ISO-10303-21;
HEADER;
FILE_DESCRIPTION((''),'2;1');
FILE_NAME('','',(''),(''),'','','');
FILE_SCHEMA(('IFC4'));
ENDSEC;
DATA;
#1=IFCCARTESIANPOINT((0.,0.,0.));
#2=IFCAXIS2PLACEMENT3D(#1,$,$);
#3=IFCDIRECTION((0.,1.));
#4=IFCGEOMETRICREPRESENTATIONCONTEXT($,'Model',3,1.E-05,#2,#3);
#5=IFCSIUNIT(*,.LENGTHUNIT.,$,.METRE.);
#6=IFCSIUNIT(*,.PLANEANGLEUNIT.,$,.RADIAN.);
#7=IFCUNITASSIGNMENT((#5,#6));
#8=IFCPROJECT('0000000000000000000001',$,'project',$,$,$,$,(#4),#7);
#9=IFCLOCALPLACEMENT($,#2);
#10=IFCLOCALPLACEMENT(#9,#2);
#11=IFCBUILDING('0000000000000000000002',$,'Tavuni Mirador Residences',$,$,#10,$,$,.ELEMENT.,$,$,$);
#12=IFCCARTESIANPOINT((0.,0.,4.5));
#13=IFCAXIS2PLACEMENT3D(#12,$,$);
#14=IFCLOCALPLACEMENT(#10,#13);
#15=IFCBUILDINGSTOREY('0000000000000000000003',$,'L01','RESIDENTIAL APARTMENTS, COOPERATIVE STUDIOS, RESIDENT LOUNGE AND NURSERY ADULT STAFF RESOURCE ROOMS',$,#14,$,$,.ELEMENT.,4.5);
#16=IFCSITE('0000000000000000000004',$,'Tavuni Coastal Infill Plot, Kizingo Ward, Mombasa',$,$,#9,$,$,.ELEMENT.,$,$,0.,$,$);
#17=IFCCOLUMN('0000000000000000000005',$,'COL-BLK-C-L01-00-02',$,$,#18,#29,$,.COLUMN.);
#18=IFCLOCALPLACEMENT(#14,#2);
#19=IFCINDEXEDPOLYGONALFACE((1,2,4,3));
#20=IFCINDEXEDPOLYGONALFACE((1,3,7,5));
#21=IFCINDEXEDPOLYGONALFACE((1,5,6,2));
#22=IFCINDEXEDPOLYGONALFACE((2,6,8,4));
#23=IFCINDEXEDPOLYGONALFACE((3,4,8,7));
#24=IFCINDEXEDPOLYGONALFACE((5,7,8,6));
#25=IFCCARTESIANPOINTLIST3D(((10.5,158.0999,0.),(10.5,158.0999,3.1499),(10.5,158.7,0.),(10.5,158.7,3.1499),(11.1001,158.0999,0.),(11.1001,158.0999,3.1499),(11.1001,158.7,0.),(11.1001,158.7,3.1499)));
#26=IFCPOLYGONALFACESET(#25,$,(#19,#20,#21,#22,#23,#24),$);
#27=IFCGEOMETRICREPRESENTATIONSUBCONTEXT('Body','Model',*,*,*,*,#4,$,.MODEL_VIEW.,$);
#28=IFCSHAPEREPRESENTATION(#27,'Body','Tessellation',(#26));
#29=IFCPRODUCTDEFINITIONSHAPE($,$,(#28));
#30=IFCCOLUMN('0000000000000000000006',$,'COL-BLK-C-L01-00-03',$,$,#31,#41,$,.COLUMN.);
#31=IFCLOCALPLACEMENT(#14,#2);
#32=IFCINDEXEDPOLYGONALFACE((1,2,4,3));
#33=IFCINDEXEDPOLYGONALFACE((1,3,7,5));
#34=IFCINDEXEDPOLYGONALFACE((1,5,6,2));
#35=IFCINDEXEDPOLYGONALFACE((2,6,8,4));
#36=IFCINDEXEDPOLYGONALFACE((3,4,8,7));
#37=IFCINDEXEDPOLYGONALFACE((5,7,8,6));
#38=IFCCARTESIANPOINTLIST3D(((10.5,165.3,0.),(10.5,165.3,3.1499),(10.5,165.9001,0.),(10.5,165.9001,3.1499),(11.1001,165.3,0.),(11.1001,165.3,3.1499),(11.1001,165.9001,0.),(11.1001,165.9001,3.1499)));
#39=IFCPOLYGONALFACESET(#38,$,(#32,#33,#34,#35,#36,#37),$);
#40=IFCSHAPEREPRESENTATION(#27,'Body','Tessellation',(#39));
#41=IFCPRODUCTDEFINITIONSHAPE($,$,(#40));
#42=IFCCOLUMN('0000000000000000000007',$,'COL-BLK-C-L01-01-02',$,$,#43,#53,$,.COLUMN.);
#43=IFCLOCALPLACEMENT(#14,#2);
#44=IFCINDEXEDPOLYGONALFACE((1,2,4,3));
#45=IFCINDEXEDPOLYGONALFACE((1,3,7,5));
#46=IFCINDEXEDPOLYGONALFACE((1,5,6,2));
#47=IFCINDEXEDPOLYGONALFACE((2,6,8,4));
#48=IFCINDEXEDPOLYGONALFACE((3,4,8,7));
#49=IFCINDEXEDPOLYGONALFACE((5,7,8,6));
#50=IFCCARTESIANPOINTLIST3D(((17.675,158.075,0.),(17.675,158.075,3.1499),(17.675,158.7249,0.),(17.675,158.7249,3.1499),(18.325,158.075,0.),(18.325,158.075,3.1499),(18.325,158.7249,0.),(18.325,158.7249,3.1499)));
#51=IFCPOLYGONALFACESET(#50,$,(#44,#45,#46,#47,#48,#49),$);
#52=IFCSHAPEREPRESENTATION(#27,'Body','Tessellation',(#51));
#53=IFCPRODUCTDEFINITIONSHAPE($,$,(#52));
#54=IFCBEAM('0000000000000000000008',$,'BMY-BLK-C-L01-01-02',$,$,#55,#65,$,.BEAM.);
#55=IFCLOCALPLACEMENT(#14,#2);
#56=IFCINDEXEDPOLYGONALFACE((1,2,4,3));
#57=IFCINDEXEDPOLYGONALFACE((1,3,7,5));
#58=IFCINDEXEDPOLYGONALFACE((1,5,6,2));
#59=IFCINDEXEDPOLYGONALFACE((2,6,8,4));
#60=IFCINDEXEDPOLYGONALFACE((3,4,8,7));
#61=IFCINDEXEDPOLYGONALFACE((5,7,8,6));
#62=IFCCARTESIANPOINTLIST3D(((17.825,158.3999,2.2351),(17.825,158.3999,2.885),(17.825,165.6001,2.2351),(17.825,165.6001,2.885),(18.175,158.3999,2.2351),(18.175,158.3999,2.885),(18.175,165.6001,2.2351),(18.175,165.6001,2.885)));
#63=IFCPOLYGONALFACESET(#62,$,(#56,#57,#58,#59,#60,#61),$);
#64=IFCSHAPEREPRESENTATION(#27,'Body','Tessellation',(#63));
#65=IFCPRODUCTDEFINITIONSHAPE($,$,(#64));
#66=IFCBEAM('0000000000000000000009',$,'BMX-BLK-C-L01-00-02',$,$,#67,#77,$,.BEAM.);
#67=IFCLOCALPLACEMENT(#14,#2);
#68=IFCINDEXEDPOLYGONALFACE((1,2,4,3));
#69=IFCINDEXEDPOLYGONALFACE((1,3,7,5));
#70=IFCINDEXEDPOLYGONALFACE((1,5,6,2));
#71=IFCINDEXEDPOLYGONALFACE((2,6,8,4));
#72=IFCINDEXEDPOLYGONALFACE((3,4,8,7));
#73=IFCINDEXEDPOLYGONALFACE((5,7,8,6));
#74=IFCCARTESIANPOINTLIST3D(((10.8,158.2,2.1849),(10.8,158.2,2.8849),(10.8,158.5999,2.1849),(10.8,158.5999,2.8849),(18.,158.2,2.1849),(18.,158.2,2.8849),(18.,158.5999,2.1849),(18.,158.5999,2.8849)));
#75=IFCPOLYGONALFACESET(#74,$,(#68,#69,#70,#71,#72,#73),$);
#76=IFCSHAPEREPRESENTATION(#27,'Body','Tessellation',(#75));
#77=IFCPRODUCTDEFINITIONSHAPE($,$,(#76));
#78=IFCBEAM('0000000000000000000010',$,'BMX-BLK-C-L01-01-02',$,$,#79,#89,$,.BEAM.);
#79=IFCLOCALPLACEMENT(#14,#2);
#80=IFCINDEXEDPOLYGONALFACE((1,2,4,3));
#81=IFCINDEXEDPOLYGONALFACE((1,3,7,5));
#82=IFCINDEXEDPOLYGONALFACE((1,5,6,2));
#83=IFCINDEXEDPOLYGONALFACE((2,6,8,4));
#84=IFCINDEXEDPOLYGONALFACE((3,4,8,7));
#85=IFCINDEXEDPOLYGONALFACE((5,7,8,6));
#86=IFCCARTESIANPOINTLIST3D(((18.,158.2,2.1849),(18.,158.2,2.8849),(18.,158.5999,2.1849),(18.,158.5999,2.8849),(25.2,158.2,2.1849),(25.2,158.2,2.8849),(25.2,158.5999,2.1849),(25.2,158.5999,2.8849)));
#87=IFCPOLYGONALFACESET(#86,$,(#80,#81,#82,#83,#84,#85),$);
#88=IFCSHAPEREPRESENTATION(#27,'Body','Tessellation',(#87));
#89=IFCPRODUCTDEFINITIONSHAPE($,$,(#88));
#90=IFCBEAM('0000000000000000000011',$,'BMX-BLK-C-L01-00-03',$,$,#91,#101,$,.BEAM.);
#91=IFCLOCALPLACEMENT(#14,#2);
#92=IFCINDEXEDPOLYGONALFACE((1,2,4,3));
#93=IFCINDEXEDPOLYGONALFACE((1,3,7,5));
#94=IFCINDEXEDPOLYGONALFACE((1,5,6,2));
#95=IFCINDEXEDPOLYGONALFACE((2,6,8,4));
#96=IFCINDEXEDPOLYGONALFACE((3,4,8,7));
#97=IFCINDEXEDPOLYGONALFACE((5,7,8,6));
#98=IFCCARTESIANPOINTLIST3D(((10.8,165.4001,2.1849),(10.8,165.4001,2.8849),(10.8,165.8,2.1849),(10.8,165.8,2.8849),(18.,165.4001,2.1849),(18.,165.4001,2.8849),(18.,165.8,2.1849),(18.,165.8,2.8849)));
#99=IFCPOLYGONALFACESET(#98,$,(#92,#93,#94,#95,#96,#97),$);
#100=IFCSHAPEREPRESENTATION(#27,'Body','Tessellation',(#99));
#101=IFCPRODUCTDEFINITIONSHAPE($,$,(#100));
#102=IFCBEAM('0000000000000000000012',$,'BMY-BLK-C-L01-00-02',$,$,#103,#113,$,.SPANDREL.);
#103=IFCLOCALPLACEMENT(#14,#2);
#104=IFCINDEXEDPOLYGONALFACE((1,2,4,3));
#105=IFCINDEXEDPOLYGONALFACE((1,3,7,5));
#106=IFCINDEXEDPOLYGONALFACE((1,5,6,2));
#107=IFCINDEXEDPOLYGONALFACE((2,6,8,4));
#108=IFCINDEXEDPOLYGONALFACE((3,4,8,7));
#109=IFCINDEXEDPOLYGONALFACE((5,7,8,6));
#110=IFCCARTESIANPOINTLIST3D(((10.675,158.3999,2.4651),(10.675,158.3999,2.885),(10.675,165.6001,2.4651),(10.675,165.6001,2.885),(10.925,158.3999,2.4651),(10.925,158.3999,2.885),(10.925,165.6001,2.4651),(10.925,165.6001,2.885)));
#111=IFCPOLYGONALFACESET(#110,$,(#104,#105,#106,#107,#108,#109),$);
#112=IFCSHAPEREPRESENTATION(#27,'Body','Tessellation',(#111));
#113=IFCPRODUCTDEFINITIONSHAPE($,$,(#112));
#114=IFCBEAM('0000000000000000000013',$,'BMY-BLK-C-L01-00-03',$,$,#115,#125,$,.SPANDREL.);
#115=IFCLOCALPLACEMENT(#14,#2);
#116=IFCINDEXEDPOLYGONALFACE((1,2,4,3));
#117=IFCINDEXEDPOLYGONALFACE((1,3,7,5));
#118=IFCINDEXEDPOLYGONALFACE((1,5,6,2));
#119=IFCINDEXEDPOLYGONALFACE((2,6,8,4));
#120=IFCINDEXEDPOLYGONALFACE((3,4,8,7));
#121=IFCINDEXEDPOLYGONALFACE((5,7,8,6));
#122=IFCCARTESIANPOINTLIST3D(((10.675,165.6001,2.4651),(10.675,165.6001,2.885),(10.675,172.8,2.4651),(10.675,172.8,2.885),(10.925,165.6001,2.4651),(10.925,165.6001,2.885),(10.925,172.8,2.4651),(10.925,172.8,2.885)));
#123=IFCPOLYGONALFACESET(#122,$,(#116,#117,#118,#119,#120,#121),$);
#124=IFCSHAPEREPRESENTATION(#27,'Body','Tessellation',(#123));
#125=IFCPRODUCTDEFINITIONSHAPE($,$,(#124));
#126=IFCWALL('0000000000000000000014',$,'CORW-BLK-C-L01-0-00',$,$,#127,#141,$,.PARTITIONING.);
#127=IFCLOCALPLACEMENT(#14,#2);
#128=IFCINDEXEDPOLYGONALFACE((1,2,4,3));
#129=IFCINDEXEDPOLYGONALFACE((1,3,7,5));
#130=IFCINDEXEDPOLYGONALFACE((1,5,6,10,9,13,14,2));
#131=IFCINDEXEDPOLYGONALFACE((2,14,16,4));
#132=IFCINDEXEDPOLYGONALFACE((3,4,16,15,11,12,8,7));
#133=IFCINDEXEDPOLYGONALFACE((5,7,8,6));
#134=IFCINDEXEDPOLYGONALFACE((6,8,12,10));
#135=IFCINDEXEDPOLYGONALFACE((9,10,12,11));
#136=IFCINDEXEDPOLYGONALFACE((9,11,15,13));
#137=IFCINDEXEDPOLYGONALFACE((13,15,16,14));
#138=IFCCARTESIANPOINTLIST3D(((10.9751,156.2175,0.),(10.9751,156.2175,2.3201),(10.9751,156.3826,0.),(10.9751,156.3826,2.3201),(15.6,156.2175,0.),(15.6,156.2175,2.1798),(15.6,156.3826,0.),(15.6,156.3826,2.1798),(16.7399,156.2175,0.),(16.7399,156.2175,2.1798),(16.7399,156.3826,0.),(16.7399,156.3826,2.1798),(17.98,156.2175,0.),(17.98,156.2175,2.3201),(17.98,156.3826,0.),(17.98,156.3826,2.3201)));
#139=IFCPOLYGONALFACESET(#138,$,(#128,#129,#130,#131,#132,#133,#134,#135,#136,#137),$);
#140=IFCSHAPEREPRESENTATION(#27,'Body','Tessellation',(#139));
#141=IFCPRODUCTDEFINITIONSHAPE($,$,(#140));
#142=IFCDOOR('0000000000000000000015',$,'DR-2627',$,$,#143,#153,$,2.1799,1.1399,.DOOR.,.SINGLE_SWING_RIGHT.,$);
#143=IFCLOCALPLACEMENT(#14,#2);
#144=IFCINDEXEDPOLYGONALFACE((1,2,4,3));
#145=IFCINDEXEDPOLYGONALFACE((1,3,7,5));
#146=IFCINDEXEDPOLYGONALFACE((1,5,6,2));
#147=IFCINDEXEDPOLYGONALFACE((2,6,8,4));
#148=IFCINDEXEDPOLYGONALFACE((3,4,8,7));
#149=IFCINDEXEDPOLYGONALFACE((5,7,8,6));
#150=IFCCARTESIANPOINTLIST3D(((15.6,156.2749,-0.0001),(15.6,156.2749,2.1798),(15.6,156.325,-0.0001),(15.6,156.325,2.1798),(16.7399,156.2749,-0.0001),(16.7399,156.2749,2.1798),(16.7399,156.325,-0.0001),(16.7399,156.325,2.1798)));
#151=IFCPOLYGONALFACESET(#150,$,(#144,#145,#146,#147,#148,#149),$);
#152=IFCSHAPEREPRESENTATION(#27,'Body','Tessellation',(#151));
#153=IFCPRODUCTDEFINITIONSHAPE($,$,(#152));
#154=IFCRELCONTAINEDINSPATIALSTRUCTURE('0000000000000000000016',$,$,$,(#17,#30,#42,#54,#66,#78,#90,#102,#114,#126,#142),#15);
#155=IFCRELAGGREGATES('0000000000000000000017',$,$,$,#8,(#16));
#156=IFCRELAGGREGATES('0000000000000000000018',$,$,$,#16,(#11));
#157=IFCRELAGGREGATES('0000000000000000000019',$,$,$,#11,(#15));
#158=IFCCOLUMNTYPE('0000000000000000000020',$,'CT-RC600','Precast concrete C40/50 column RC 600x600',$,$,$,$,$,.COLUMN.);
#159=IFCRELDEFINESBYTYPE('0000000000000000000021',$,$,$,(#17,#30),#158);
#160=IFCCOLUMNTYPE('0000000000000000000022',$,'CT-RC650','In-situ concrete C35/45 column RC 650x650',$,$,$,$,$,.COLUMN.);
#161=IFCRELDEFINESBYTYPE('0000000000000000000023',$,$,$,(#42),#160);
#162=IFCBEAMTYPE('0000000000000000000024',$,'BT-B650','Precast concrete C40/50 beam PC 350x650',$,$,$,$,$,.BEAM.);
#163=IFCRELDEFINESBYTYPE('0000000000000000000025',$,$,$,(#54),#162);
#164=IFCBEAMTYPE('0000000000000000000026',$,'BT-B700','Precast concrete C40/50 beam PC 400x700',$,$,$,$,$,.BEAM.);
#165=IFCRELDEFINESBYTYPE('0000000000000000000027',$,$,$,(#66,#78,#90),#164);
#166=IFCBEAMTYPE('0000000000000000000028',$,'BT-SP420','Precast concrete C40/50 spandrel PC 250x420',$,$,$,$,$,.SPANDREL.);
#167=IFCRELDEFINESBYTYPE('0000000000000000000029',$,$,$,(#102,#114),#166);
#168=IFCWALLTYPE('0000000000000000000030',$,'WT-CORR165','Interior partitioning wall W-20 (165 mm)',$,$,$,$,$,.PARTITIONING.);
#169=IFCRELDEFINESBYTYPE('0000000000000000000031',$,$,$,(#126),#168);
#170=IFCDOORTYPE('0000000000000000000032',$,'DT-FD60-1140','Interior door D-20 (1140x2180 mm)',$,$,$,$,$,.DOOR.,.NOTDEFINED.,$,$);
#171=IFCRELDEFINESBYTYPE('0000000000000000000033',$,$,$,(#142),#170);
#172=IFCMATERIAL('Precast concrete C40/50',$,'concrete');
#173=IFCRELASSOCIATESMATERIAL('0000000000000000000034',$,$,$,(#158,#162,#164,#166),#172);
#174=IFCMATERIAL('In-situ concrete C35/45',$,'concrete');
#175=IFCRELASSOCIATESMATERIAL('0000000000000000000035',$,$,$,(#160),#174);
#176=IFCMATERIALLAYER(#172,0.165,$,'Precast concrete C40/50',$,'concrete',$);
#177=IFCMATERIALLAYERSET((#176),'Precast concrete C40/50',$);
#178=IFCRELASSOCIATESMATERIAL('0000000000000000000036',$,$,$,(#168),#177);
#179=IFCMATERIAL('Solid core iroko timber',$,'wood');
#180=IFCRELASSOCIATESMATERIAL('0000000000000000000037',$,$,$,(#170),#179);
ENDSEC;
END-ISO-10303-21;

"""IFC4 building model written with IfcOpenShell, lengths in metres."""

from ifc_helpers import new_model, si_unit, direction, frame, frame_2d, origin, origin_2d, place, context, subcontext, project, spatial, rectangle, extrude, material, layer, layer_set, material_profile, profile_set, type_object, element, fill, save


model = new_model("IFC4")

# Units and contexts
model_context = context("Model", 3, precision=1e-05, world=origin(), true_north=direction((0.0, 1.0)))
body_context = subcontext(model_context, "Body", "Model", "MODEL_VIEW")
ifc_project = project(units=[si_unit("LENGTHUNIT", "METRE"), si_unit("PLANEANGLEUNIT", "RADIAN")], contexts=[model_context])

# Site, building, storey
site_placement = place(None, origin())
site = spatial("IfcSite", under=ifc_project, at=site_placement, Name="Tavuni Coastal Infill Plot, Kizingo Ward, Mombasa", CompositionType="ELEMENT", RefElevation=0.0)
building_placement = place(site_placement, origin())
building = spatial("IfcBuilding", under=site, at=building_placement, Name="Tavuni Mirador Residences", CompositionType="ELEMENT")
storey_placement = place(building_placement, frame((0.0, 0.0, 4.5)))
storey = spatial("IfcBuildingStorey", under=building, at=storey_placement, Name="L01", Description="RESIDENTIAL APARTMENTS, COOPERATIVE STUDIOS, RESIDENT LOUNGE AND NURSERY ADULT STAFF RESOURCE ROOMS", CompositionType="ELEMENT", Elevation=4.5)

# Columns
ifc_material_1 = material(Name="Precast concrete C40/50", Category="concrete")
ifc_material_profile_1 = material_profile(ifc_material_1, rectangle(XDim=0.6001, YDim=0.6001, at=origin_2d()), Name="RC 600x600", Category="concrete")
ifc_profile_set_1 = profile_set([ifc_material_profile_1], Name="Precast concrete C40/50")
column_type_1 = type_object("IfcColumnType", Name="CT-RC600", Description="Precast concrete C40/50 column RC 600x600", PredefinedType="COLUMN", material=ifc_profile_set_1)
for number, where, z_axis, x_axis, name in (
    (1, (10.8, 158.3999, 0.0), (0.0, 0.0, 1.0), (1.0, 0.0, 0.0), "COL-BLK-C-L01-00-02"),
    (2, (10.8, 165.6001, 0.0), (0.0, 0.0, 1.0), (1.0, 0.0, 0.0), "COL-BLK-C-L01-00-03"),
):
    element("IfcColumn", number, at=place(storey_placement, frame(where, z_axis=z_axis, x_axis=x_axis)), inside=storey, type_object=column_type_1, Name=name, PredefinedType="COLUMN", context=body_context, shape_type="SweptSolid", body=[
        extrude(rectangle(XDim=0.6001, YDim=0.6001, at=origin_2d()), origin(), (0.0, 0.0, 1.0), 3.1499),
    ])
ifc_material_2 = material(Name="In-situ concrete C35/45", Category="concrete")
ifc_material_profile_2 = material_profile(ifc_material_2, rectangle(XDim=0.6499, YDim=0.6499, at=origin_2d()), Name="RC 650x650", Category="concrete")
ifc_profile_set_2 = profile_set([ifc_material_profile_2], Name="In-situ concrete C35/45")
column_type_2 = type_object("IfcColumnType", Name="CT-RC650", Description="In-situ concrete C35/45 column RC 650x650", PredefinedType="COLUMN", material=ifc_profile_set_2)
column_placement = place(storey_placement, frame((18.0, 158.3999, 0.0), z_axis=(0.0, 0.0, 1.0), x_axis=(1.0, 0.0, 0.0)))
element("IfcColumn", 3, at=column_placement, inside=storey, type_object=column_type_2, Name="COL-BLK-C-L01-01-02", PredefinedType="COLUMN", context=body_context, shape_type="SweptSolid", body=[
    extrude(rectangle(XDim=0.6499, YDim=0.6499, at=origin_2d()), origin(), (0.0, 0.0, 1.0), 3.1499),
])

# Beams
ifc_material_profile_3 = material_profile(ifc_material_1, rectangle(XDim=0.3501, YDim=0.6499, at=origin_2d()), Name="PC 350x650", Category="concrete")
ifc_profile_set_3 = profile_set([ifc_material_profile_3], Name="Precast concrete C40/50")
beam_type_1 = type_object("IfcBeamType", Name="BT-B650", Description="Precast concrete C40/50 beam PC 350x650", PredefinedType="BEAM", material=ifc_profile_set_3)
beam_1_placement = place(storey_placement, frame((18.0, 158.3999, 2.5601), z_axis=(0.0, 1.0, 0.0), x_axis=(-1.0, 0.0, 0.0)))
element("IfcBeam", 4, at=beam_1_placement, inside=storey, type_object=beam_type_1, Name="BMY-BLK-C-L01-01-02", PredefinedType="BEAM", context=body_context, shape_type="SweptSolid", body=[
    extrude(rectangle(XDim=0.3501, YDim=0.6499, at=origin_2d()), origin(), (0.0, 0.0, 1.0), 7.2002),
])
ifc_material_profile_4 = material_profile(ifc_material_1, rectangle(XDim=0.3999, YDim=0.7, at=origin_2d()), Name="PC 400x700", Category="concrete")
ifc_profile_set_4 = profile_set([ifc_material_profile_4], Name="Precast concrete C40/50")
beam_type_2 = type_object("IfcBeamType", Name="BT-B700", Description="Precast concrete C40/50 beam PC 400x700", PredefinedType="BEAM", material=ifc_profile_set_4)
for number, where, z_axis, x_axis, name in (
    (5, (10.8, 158.3999, 2.5349), (1.0, 0.0, 0.0), (0.0, 1.0, 0.0), "BMX-BLK-C-L01-00-02"),
    (6, (18.0, 158.3999, 2.5349), (1.0, 0.0, 0.0), (0.0, 1.0, 0.0), "BMX-BLK-C-L01-01-02"),
    (7, (10.8, 165.6001, 2.5349), (1.0, 0.0, 0.0), (0.0, 1.0, 0.0), "BMX-BLK-C-L01-00-03"),
):
    element("IfcBeam", number, at=place(storey_placement, frame(where, z_axis=z_axis, x_axis=x_axis)), inside=storey, type_object=beam_type_2, Name=name, PredefinedType="BEAM", context=body_context, shape_type="SweptSolid", body=[
        extrude(rectangle(XDim=0.3999, YDim=0.7, at=origin_2d()), origin(), (0.0, 0.0, 1.0), 7.2),
    ])
ifc_material_profile_5 = material_profile(ifc_material_1, rectangle(XDim=0.25, YDim=0.4199, at=origin_2d()), Name="PC 250x420", Category="concrete")
ifc_profile_set_5 = profile_set([ifc_material_profile_5], Name="Precast concrete C40/50")
beam_type_3 = type_object("IfcBeamType", Name="BT-SP420", Description="Precast concrete C40/50 spandrel PC 250x420", PredefinedType="SPANDREL", material=ifc_profile_set_5)
beam_2_placement = place(storey_placement, frame((10.8, 158.3999, 2.675), z_axis=(0.0, 1.0, 0.0), x_axis=(-1.0, 0.0, 0.0)))
element("IfcBeam", 8, at=beam_2_placement, inside=storey, type_object=beam_type_3, Name="BMY-BLK-C-L01-00-02", PredefinedType="SPANDREL", context=body_context, shape_type="SweptSolid", body=[
    extrude(rectangle(XDim=0.25, YDim=0.4199, at=origin_2d()), origin(), (0.0, 0.0, 1.0), 7.2002),
])
beam_3_placement = place(storey_placement, frame((10.8, 165.6001, 2.675), z_axis=(0.0, 1.0, 0.0), x_axis=(-1.0, 0.0, 0.0)))
element("IfcBeam", 9, at=beam_3_placement, inside=storey, type_object=beam_type_3, Name="BMY-BLK-C-L01-00-03", PredefinedType="SPANDREL", context=body_context, shape_type="SweptSolid", body=[
    extrude(rectangle(XDim=0.25, YDim=0.4199, at=origin_2d()), origin(), (0.0, 0.0, 1.0), 7.2),
])

# Wall, opening, door
ifc_layer_1 = layer(ifc_material_1, 0.165, Name="Precast concrete C40/50", Category="concrete")
ifc_layer_set_1 = layer_set([ifc_layer_1], Name="Precast concrete C40/50")
wall_type_1 = type_object("IfcWallType", Name="WT-CORR165", Description="Interior partitioning wall W-20 (165 mm)", PredefinedType="PARTITIONING", material=ifc_layer_set_1)
wall_1_placement = place(storey_placement, frame((10.9751, 156.3, 0.0), z_axis=(0.0, 0.0, 1.0), x_axis=(1.0, 0.0, 0.0)))
wall_1 = element("IfcWall", 10, at=wall_1_placement, inside=storey, type_object=wall_type_1, Name="CORW-BLK-C-L01-0-00", PredefinedType="PARTITIONING", context=body_context, shape_type="SweptSolid", body=[
    extrude(rectangle(XDim=7.0049, YDim=0.165, at=frame_2d((3.5024, 0.0))), origin(), (0.0, 0.0, 1.0), 2.3201),
])
opening_1_placement = place(wall_1_placement, frame((4.625, 0.0, 0.0)))
opening_1 = element("IfcOpeningElement", 11, at=opening_1_placement, cuts=wall_1, PredefinedType="OPENING", context=body_context, shape_type="SweptSolid", body=[
    extrude(rectangle(XDim=1.1399, YDim=2.1799, at=frame_2d((0.5698, 1.0898))), frame((0.0, 0.0925, 0.0), z_axis=(0.0, -1.0, 0.0), x_axis=(1.0, 0.0, 0.0)), (0.0, 0.0, 1.0), 0.1851),
])
ifc_material_3 = material(Name="Solid core iroko timber", Category="wood")
door_type_1 = type_object("IfcDoorType", Name="DT-FD60-1140", Description="Interior door D-20 (1140x2180 mm)", OperationType="NOTDEFINED", PredefinedType="DOOR", material=ifc_material_3)
door_1_placement = place(opening_1_placement, origin())
door_1 = element("IfcDoor", 12, at=door_1_placement, inside=storey, type_object=door_type_1, Name="DR-2627", OperationType="SINGLE_SWING_RIGHT", OverallHeight=2.1799, OverallWidth=1.1399, PredefinedType="DOOR", context=body_context, shape_type="SweptSolid", body=[
    extrude(rectangle(XDim=1.1399, YDim=2.1799, at=frame_2d((0.5698, 1.0898))), frame((0.0, 0.0249, 0.0), z_axis=(0.0, -1.0, 0.0), x_axis=(1.0, 0.0, 0.0)), (0.0, 0.0, 1.0), 0.05),
])
fill(opening_1, door_1)

save(model, "model.ifc")
